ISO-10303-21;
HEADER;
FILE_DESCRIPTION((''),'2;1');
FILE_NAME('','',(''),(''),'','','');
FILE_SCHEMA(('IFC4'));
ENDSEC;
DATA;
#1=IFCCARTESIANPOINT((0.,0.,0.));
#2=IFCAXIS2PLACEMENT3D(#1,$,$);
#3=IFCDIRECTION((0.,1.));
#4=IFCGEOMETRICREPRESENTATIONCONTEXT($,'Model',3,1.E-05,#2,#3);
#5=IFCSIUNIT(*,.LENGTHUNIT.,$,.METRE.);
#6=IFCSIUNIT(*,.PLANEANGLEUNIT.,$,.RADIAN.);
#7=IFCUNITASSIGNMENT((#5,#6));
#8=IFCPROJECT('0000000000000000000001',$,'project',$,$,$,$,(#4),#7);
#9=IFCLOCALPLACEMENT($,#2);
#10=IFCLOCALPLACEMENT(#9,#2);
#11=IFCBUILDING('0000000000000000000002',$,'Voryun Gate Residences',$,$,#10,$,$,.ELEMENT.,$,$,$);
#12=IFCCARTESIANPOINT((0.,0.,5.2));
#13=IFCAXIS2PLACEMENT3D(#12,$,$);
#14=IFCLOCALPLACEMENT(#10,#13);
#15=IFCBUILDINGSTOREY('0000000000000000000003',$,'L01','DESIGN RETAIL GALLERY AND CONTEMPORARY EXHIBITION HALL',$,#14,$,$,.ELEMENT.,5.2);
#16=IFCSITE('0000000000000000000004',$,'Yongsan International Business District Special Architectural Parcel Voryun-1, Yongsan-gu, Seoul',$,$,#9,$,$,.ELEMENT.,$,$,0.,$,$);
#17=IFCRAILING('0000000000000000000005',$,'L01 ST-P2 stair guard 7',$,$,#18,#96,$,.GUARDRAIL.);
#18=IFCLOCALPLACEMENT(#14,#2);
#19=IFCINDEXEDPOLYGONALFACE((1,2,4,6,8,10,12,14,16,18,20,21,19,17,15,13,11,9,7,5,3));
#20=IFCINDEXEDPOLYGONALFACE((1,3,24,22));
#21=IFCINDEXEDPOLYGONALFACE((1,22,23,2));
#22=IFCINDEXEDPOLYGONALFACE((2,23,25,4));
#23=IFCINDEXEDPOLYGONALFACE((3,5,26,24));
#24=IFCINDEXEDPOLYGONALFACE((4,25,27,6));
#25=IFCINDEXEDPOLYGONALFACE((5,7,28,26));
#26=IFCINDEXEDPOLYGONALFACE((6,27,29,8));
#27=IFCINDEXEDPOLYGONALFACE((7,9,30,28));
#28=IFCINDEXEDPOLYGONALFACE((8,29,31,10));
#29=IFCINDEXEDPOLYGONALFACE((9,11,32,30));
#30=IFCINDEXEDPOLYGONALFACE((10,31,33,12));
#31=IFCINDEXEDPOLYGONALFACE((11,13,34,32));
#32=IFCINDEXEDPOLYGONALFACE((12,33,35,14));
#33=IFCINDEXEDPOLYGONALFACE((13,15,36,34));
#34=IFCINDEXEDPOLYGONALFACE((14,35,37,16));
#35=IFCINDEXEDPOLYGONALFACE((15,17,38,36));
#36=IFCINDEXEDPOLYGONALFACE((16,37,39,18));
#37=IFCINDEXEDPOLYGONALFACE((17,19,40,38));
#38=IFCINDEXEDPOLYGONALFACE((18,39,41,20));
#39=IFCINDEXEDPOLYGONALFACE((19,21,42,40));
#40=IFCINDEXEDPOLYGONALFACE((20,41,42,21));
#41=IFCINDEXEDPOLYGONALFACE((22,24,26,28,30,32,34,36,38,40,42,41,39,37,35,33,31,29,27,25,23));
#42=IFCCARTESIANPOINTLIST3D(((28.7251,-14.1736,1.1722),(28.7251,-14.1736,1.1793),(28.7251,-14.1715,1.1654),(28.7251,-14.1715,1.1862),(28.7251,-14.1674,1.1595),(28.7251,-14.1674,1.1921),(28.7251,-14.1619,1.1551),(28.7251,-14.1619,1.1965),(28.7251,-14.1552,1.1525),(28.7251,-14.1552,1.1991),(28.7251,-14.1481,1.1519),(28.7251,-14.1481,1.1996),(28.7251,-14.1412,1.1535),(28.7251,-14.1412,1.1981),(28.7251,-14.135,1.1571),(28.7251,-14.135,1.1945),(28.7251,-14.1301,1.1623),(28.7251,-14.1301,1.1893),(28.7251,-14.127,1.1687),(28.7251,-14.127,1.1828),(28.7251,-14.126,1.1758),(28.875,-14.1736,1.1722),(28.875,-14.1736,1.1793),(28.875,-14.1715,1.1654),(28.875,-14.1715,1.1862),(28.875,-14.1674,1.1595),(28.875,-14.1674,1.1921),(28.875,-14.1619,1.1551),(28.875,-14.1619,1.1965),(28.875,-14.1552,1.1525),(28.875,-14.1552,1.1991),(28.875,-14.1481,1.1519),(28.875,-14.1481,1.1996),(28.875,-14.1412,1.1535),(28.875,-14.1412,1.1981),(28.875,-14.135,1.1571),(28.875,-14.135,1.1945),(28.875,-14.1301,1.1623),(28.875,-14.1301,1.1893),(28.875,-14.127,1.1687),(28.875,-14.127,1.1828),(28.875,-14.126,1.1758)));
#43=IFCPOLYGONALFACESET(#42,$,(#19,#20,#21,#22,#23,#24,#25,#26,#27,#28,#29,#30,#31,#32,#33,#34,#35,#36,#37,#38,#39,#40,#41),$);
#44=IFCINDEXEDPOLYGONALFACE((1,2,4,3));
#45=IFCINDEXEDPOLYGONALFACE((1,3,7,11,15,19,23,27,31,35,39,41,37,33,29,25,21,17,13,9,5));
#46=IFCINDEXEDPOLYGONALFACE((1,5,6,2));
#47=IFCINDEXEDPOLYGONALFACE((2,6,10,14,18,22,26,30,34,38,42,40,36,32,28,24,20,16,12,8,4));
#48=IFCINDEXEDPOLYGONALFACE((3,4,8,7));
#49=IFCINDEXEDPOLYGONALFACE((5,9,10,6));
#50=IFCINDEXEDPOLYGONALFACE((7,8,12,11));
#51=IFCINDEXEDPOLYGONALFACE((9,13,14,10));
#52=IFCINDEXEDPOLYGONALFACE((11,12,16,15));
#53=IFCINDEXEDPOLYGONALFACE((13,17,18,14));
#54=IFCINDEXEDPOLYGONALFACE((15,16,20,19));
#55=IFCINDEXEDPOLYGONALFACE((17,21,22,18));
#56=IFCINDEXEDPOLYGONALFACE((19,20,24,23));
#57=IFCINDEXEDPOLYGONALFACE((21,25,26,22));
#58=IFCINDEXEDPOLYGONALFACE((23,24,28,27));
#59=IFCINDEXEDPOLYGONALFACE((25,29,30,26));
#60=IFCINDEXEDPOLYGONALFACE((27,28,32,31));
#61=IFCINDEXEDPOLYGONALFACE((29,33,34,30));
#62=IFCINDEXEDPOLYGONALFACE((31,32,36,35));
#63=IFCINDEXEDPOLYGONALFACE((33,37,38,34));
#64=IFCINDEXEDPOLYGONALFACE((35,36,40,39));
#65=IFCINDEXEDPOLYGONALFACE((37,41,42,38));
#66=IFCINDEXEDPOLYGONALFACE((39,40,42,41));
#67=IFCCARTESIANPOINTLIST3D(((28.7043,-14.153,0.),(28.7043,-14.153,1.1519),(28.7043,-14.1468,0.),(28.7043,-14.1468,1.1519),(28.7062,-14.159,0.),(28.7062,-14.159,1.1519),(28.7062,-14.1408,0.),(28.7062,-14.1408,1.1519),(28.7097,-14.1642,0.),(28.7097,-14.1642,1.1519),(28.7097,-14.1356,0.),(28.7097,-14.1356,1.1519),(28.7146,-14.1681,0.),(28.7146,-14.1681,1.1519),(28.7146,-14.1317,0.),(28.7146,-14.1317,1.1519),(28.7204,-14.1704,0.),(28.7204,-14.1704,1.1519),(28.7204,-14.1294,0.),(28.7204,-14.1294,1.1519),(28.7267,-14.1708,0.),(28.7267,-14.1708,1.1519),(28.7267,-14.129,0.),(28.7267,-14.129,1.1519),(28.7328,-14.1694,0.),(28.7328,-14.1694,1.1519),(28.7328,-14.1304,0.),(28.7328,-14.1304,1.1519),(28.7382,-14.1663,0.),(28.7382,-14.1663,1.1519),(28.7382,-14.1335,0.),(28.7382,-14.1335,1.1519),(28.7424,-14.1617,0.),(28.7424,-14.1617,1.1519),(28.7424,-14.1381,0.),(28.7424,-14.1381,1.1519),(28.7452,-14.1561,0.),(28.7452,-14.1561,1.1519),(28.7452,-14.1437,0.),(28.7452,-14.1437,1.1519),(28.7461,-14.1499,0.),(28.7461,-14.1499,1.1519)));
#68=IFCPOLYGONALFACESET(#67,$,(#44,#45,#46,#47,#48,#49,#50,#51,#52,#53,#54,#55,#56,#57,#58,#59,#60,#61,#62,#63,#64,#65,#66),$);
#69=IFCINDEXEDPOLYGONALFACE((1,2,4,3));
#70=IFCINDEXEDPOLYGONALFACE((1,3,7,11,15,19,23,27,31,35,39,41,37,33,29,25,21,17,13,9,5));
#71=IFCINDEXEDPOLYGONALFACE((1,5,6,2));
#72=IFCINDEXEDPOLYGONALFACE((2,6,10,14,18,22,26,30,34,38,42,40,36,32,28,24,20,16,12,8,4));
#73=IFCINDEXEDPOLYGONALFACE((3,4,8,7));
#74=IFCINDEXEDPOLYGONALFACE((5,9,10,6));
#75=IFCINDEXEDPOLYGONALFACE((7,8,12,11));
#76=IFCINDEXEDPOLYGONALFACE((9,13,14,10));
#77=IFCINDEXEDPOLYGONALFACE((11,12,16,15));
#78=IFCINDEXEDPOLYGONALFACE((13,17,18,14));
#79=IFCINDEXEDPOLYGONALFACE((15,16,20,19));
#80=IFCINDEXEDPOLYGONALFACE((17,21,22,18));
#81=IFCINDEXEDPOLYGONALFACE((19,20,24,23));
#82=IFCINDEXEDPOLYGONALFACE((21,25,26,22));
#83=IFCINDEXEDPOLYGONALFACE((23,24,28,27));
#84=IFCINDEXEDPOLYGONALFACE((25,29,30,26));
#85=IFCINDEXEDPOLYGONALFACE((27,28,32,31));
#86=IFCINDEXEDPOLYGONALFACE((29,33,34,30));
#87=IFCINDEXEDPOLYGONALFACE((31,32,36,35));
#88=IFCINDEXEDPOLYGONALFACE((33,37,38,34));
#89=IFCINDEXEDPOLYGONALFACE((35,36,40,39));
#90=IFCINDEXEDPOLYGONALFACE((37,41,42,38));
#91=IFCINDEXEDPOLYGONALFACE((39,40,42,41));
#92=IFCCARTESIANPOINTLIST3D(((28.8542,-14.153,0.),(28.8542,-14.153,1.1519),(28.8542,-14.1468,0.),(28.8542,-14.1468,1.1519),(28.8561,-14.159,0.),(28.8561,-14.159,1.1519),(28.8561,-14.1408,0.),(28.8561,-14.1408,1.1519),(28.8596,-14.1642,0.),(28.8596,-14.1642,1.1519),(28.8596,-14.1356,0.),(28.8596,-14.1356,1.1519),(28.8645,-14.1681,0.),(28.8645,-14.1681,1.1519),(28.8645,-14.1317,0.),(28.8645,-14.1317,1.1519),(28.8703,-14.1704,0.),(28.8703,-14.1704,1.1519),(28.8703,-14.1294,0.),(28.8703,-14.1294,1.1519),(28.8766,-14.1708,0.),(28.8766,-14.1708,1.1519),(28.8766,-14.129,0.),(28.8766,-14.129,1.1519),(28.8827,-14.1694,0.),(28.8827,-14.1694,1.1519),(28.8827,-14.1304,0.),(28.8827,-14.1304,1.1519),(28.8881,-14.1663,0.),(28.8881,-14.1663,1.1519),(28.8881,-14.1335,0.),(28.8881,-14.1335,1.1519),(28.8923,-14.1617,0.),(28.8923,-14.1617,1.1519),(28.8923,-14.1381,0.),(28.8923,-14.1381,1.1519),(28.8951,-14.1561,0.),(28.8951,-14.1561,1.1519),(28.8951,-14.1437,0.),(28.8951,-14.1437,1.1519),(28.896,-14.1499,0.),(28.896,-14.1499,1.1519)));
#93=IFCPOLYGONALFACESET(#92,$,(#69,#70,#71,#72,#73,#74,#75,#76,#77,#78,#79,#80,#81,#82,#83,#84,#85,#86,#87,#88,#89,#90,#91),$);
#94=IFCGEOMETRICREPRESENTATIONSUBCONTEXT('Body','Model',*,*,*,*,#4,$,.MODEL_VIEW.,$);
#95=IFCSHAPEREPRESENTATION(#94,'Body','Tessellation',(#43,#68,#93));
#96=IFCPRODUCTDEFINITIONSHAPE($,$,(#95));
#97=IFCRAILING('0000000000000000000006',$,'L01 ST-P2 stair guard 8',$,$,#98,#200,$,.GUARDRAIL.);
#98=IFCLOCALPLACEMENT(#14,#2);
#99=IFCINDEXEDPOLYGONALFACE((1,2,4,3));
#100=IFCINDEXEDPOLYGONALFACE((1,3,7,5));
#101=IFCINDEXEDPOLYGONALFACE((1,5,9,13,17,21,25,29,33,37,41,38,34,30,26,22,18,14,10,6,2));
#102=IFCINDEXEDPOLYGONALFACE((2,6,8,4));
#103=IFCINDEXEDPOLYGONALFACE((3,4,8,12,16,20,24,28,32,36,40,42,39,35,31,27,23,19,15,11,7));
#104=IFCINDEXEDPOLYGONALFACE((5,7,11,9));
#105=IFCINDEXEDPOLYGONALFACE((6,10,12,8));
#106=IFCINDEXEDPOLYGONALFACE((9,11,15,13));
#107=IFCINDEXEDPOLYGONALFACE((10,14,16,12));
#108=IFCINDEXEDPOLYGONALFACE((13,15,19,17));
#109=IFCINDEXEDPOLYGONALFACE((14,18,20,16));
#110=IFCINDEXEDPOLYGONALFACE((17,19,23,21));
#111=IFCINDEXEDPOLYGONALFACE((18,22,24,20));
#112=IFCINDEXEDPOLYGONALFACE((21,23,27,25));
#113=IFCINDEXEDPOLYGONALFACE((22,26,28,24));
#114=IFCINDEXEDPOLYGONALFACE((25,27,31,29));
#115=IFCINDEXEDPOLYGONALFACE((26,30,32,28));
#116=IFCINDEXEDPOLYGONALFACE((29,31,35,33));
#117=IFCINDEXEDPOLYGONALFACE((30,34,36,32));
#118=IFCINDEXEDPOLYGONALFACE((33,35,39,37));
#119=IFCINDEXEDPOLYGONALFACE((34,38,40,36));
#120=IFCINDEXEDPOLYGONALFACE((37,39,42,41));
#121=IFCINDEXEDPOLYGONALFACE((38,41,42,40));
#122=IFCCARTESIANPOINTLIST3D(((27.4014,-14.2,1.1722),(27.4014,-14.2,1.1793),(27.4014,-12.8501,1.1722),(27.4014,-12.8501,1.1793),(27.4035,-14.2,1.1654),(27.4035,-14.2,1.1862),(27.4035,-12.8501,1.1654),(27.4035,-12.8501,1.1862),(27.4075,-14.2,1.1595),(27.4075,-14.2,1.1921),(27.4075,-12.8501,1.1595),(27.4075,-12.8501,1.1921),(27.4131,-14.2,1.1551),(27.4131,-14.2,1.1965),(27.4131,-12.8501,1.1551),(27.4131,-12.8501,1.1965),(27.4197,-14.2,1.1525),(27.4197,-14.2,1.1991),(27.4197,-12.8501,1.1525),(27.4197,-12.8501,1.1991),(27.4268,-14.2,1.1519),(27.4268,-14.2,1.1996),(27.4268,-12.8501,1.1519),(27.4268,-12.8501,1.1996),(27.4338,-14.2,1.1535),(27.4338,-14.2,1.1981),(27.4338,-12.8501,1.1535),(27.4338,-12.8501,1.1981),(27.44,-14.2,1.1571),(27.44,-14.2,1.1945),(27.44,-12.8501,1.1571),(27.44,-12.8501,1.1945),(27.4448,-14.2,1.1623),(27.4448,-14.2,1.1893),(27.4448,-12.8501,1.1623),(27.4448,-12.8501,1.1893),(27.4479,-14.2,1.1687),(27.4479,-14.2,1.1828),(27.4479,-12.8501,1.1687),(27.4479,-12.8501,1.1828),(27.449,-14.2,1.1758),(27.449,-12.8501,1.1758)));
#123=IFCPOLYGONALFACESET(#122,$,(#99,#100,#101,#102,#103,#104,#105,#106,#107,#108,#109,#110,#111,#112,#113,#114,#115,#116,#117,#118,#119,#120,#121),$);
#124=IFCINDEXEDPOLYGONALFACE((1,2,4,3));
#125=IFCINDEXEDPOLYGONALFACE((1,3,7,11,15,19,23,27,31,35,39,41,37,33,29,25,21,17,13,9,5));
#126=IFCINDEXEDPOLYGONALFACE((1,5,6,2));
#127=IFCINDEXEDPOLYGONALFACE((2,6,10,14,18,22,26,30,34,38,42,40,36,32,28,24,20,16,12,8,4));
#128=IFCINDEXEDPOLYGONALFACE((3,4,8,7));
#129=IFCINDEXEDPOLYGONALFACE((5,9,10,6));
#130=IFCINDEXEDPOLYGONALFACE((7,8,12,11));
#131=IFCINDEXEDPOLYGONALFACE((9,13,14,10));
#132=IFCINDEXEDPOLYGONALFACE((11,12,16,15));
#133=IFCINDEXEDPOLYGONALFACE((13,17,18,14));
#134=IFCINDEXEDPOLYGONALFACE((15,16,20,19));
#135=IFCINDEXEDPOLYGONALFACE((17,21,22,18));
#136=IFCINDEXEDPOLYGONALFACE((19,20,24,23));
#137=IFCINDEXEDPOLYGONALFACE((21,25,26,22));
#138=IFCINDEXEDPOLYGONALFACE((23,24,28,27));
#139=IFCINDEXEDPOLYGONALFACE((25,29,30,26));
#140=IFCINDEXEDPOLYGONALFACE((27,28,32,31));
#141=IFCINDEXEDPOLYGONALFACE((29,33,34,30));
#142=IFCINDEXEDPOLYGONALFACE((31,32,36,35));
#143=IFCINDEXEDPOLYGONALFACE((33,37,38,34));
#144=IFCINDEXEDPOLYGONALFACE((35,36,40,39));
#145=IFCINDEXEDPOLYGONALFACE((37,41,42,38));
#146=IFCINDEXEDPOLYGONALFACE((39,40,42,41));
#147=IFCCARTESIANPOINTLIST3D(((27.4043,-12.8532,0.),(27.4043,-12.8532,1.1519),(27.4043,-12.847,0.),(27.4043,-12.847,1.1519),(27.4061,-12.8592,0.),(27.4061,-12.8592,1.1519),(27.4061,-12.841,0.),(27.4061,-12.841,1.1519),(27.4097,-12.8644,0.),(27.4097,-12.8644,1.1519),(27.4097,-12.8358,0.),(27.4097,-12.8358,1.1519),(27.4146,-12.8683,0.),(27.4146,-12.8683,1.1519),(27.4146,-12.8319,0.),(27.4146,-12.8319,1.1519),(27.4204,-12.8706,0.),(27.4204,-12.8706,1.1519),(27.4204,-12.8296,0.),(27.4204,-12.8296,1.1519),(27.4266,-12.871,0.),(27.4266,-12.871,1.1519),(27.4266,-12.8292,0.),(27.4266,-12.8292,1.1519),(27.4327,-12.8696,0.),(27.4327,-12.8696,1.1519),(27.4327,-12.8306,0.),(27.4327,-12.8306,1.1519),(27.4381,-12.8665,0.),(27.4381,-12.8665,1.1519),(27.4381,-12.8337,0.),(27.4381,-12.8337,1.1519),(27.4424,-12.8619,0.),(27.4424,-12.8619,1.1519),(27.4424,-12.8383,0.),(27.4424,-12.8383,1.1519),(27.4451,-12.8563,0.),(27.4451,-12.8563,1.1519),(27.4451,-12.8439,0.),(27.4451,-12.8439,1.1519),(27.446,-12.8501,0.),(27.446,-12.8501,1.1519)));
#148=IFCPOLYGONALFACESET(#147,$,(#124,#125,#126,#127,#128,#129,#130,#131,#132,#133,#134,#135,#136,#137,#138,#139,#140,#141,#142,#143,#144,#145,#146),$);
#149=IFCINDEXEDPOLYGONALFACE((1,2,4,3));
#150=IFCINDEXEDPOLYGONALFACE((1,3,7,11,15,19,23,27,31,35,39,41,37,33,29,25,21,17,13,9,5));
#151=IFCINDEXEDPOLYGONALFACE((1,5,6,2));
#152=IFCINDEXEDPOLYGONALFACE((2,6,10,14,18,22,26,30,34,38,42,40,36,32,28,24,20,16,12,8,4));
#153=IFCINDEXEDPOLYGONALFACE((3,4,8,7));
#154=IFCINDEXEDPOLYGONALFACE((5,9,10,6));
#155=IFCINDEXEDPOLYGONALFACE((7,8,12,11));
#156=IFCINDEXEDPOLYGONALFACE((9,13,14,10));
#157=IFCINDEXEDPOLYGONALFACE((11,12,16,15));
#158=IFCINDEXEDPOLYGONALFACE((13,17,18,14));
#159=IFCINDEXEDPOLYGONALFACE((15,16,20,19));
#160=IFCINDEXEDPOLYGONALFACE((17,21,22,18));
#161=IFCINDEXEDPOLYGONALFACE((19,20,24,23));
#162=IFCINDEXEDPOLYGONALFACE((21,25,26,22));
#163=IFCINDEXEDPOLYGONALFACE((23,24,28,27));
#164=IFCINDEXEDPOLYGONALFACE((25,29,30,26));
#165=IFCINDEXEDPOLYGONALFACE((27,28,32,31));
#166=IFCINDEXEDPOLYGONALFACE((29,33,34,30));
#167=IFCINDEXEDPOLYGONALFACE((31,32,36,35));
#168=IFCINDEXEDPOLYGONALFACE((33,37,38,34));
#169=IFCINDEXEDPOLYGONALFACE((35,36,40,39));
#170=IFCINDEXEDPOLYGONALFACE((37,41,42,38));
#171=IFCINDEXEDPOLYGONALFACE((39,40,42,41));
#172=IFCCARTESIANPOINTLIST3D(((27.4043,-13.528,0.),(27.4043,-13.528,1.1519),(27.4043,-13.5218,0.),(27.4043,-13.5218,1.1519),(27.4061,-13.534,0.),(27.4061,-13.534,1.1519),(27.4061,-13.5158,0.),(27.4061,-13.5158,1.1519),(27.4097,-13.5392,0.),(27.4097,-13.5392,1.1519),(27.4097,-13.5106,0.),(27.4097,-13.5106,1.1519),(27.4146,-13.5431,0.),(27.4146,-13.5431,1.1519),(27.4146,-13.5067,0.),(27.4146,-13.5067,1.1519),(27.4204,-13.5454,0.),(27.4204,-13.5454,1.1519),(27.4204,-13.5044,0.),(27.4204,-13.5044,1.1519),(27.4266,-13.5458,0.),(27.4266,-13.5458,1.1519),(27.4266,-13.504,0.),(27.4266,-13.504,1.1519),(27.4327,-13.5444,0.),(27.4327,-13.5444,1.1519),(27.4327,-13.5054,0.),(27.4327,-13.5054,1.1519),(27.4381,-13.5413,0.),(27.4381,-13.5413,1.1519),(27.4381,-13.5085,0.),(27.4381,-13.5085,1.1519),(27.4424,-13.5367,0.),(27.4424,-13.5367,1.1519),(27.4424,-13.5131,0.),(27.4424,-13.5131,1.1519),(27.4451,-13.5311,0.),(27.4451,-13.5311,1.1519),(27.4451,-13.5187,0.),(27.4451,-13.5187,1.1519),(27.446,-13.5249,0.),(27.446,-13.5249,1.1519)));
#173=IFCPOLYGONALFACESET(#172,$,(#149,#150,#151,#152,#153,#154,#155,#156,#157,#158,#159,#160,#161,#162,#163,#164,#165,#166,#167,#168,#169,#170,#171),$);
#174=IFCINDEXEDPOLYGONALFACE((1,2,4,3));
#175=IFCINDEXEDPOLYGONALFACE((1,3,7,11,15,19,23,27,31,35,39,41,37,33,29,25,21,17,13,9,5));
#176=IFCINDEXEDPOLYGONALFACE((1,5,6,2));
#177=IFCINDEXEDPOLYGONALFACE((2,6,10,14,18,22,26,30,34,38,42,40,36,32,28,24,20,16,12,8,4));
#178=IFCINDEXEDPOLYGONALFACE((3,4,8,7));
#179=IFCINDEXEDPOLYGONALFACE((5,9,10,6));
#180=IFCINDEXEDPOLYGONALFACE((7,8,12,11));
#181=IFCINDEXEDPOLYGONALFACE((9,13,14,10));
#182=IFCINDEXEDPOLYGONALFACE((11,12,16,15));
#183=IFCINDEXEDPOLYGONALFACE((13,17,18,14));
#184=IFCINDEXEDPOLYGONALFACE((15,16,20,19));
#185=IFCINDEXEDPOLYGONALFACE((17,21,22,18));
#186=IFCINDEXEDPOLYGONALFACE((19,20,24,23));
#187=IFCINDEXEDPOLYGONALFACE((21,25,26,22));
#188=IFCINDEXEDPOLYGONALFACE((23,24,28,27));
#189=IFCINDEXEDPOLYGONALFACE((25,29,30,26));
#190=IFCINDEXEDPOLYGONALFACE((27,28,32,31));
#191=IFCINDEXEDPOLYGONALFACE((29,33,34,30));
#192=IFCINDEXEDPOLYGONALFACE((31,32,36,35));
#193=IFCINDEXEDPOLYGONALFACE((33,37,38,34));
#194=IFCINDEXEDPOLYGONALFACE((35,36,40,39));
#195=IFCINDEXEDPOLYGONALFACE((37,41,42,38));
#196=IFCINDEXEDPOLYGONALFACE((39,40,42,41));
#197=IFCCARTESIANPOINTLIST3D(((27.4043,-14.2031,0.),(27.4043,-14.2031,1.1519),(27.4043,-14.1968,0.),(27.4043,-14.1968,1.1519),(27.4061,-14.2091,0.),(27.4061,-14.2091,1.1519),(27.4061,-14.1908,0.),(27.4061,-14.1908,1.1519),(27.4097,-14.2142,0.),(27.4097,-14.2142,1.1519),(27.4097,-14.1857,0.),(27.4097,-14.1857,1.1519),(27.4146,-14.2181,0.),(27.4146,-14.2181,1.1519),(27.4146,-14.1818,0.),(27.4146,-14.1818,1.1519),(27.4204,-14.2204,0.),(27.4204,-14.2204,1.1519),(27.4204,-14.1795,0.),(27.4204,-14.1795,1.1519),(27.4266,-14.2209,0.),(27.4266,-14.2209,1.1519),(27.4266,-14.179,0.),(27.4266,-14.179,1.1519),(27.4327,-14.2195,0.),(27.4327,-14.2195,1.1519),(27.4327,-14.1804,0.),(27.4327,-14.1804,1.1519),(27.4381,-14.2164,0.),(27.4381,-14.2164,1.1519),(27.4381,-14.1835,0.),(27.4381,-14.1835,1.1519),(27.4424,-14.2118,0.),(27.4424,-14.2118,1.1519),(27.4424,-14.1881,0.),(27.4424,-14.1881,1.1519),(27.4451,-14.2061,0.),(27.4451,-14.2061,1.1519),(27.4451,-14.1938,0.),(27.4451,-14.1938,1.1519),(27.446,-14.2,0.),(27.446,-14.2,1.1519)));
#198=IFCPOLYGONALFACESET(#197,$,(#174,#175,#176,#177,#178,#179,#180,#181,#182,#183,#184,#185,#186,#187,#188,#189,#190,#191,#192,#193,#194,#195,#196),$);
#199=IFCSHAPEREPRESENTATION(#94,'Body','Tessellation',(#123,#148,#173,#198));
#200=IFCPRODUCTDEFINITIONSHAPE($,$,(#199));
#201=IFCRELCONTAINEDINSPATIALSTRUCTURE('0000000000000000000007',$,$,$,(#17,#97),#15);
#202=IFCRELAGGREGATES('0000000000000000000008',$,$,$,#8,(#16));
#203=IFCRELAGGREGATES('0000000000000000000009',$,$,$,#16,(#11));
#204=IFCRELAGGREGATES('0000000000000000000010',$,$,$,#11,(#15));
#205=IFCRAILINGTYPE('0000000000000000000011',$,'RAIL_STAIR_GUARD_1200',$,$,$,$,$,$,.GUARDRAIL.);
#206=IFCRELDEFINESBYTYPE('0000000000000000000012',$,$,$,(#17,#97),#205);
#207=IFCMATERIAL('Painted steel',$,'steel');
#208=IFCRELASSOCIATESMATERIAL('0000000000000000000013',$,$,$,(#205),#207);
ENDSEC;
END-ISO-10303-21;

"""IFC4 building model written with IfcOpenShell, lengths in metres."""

from ifc_helpers import new_model, si_unit, direction, frame, origin, origin_2d, place, context, subcontext, project, spatial, circle, extrude, material, type_object, element, save


model = new_model("IFC4")

# Units and contexts
model_context = context("Model", 3, precision=1e-05, world=origin(), true_north=direction((0.0, 1.0)))
body_context = subcontext(model_context, "Body", "Model", "MODEL_VIEW")
ifc_project = project(units=[si_unit("LENGTHUNIT", "METRE"), si_unit("PLANEANGLEUNIT", "RADIAN")], contexts=[model_context])

# Site, building, storey
site_placement = place(None, origin())
site = spatial("IfcSite", under=ifc_project, at=site_placement, Name="Yongsan International Business District Special Architectural Parcel Voryun-1, Yongsan-gu, Seoul", CompositionType="ELEMENT", RefElevation=0.0)
building_placement = place(site_placement, origin())
building = spatial("IfcBuilding", under=site, at=building_placement, Name="Voryun Gate Residences", CompositionType="ELEMENT")
storey_placement = place(building_placement, frame((0.0, 0.0, 5.2)))
storey = spatial("IfcBuildingStorey", under=building, at=storey_placement, Name="L01", Description="DESIGN RETAIL GALLERY AND CONTEMPORARY EXHIBITION HALL", CompositionType="ELEMENT", Elevation=5.2)

# Railings
ifc_material_1 = material(Name="Painted steel", Category="steel")
railing_type_1 = type_object("IfcRailingType", Name="RAIL_STAIR_GUARD_1200", PredefinedType="GUARDRAIL", material=ifc_material_1)
railing_1_placement = place(storey_placement, frame((28.7251, -14.1499, 0.0)))
element("IfcRailing", 1, at=railing_1_placement, inside=storey, type_object=railing_type_1, Name="L01 ST-P2 stair guard 7", PredefinedType="GUARDRAIL", context=body_context, shape_type="SweptSolid", body=[
    extrude(circle(Radius=0.0239, at=origin_2d()), frame((0.0, 0.0, 1.1758), z_axis=(1.0, 0.0, 0.0), x_axis=(0.0, 1.0, 0.0)), (0.0, 0.0, 1.0), 0.1499),
    extrude(circle(Radius=0.021, at=origin_2d()), origin(), (0.0, 0.0, 1.0), 1.1519),
    extrude(circle(Radius=0.021, at=origin_2d()), frame((0.1499, 0.0, 0.0)), (0.0, 0.0, 1.0), 1.1519),
])
for number, where, name in (
    (2, (27.425, -12.8501, 0.0), "L01 ST-P2 stair guard 8"),
):
    element("IfcRailing", number, at=place(storey_placement, frame(where)), inside=storey, type_object=railing_type_1, Name=name, PredefinedType="GUARDRAIL", context=body_context, shape_type="SweptSolid", body=[
        extrude(circle(Radius=0.0239, at=origin_2d()), frame((0.0, 0.0, 1.1758), z_axis=(0.0, -1.0, 0.0), x_axis=(1.0, 0.0, 0.0)), (0.0, 0.0, 1.0), 1.3499),
        extrude(circle(Radius=0.021, at=origin_2d()), origin(), (0.0, 0.0, 1.0), 1.1519),
        extrude(circle(Radius=0.021, at=origin_2d()), frame((0.0, -0.6748, 0.0)), (0.0, 0.0, 1.0), 1.1519),
        extrude(circle(Radius=0.021, at=origin_2d()), frame((0.0, -1.3499, 0.0)), (0.0, 0.0, 1.0), 1.1519),
    ])

save(model, "model.ifc")
